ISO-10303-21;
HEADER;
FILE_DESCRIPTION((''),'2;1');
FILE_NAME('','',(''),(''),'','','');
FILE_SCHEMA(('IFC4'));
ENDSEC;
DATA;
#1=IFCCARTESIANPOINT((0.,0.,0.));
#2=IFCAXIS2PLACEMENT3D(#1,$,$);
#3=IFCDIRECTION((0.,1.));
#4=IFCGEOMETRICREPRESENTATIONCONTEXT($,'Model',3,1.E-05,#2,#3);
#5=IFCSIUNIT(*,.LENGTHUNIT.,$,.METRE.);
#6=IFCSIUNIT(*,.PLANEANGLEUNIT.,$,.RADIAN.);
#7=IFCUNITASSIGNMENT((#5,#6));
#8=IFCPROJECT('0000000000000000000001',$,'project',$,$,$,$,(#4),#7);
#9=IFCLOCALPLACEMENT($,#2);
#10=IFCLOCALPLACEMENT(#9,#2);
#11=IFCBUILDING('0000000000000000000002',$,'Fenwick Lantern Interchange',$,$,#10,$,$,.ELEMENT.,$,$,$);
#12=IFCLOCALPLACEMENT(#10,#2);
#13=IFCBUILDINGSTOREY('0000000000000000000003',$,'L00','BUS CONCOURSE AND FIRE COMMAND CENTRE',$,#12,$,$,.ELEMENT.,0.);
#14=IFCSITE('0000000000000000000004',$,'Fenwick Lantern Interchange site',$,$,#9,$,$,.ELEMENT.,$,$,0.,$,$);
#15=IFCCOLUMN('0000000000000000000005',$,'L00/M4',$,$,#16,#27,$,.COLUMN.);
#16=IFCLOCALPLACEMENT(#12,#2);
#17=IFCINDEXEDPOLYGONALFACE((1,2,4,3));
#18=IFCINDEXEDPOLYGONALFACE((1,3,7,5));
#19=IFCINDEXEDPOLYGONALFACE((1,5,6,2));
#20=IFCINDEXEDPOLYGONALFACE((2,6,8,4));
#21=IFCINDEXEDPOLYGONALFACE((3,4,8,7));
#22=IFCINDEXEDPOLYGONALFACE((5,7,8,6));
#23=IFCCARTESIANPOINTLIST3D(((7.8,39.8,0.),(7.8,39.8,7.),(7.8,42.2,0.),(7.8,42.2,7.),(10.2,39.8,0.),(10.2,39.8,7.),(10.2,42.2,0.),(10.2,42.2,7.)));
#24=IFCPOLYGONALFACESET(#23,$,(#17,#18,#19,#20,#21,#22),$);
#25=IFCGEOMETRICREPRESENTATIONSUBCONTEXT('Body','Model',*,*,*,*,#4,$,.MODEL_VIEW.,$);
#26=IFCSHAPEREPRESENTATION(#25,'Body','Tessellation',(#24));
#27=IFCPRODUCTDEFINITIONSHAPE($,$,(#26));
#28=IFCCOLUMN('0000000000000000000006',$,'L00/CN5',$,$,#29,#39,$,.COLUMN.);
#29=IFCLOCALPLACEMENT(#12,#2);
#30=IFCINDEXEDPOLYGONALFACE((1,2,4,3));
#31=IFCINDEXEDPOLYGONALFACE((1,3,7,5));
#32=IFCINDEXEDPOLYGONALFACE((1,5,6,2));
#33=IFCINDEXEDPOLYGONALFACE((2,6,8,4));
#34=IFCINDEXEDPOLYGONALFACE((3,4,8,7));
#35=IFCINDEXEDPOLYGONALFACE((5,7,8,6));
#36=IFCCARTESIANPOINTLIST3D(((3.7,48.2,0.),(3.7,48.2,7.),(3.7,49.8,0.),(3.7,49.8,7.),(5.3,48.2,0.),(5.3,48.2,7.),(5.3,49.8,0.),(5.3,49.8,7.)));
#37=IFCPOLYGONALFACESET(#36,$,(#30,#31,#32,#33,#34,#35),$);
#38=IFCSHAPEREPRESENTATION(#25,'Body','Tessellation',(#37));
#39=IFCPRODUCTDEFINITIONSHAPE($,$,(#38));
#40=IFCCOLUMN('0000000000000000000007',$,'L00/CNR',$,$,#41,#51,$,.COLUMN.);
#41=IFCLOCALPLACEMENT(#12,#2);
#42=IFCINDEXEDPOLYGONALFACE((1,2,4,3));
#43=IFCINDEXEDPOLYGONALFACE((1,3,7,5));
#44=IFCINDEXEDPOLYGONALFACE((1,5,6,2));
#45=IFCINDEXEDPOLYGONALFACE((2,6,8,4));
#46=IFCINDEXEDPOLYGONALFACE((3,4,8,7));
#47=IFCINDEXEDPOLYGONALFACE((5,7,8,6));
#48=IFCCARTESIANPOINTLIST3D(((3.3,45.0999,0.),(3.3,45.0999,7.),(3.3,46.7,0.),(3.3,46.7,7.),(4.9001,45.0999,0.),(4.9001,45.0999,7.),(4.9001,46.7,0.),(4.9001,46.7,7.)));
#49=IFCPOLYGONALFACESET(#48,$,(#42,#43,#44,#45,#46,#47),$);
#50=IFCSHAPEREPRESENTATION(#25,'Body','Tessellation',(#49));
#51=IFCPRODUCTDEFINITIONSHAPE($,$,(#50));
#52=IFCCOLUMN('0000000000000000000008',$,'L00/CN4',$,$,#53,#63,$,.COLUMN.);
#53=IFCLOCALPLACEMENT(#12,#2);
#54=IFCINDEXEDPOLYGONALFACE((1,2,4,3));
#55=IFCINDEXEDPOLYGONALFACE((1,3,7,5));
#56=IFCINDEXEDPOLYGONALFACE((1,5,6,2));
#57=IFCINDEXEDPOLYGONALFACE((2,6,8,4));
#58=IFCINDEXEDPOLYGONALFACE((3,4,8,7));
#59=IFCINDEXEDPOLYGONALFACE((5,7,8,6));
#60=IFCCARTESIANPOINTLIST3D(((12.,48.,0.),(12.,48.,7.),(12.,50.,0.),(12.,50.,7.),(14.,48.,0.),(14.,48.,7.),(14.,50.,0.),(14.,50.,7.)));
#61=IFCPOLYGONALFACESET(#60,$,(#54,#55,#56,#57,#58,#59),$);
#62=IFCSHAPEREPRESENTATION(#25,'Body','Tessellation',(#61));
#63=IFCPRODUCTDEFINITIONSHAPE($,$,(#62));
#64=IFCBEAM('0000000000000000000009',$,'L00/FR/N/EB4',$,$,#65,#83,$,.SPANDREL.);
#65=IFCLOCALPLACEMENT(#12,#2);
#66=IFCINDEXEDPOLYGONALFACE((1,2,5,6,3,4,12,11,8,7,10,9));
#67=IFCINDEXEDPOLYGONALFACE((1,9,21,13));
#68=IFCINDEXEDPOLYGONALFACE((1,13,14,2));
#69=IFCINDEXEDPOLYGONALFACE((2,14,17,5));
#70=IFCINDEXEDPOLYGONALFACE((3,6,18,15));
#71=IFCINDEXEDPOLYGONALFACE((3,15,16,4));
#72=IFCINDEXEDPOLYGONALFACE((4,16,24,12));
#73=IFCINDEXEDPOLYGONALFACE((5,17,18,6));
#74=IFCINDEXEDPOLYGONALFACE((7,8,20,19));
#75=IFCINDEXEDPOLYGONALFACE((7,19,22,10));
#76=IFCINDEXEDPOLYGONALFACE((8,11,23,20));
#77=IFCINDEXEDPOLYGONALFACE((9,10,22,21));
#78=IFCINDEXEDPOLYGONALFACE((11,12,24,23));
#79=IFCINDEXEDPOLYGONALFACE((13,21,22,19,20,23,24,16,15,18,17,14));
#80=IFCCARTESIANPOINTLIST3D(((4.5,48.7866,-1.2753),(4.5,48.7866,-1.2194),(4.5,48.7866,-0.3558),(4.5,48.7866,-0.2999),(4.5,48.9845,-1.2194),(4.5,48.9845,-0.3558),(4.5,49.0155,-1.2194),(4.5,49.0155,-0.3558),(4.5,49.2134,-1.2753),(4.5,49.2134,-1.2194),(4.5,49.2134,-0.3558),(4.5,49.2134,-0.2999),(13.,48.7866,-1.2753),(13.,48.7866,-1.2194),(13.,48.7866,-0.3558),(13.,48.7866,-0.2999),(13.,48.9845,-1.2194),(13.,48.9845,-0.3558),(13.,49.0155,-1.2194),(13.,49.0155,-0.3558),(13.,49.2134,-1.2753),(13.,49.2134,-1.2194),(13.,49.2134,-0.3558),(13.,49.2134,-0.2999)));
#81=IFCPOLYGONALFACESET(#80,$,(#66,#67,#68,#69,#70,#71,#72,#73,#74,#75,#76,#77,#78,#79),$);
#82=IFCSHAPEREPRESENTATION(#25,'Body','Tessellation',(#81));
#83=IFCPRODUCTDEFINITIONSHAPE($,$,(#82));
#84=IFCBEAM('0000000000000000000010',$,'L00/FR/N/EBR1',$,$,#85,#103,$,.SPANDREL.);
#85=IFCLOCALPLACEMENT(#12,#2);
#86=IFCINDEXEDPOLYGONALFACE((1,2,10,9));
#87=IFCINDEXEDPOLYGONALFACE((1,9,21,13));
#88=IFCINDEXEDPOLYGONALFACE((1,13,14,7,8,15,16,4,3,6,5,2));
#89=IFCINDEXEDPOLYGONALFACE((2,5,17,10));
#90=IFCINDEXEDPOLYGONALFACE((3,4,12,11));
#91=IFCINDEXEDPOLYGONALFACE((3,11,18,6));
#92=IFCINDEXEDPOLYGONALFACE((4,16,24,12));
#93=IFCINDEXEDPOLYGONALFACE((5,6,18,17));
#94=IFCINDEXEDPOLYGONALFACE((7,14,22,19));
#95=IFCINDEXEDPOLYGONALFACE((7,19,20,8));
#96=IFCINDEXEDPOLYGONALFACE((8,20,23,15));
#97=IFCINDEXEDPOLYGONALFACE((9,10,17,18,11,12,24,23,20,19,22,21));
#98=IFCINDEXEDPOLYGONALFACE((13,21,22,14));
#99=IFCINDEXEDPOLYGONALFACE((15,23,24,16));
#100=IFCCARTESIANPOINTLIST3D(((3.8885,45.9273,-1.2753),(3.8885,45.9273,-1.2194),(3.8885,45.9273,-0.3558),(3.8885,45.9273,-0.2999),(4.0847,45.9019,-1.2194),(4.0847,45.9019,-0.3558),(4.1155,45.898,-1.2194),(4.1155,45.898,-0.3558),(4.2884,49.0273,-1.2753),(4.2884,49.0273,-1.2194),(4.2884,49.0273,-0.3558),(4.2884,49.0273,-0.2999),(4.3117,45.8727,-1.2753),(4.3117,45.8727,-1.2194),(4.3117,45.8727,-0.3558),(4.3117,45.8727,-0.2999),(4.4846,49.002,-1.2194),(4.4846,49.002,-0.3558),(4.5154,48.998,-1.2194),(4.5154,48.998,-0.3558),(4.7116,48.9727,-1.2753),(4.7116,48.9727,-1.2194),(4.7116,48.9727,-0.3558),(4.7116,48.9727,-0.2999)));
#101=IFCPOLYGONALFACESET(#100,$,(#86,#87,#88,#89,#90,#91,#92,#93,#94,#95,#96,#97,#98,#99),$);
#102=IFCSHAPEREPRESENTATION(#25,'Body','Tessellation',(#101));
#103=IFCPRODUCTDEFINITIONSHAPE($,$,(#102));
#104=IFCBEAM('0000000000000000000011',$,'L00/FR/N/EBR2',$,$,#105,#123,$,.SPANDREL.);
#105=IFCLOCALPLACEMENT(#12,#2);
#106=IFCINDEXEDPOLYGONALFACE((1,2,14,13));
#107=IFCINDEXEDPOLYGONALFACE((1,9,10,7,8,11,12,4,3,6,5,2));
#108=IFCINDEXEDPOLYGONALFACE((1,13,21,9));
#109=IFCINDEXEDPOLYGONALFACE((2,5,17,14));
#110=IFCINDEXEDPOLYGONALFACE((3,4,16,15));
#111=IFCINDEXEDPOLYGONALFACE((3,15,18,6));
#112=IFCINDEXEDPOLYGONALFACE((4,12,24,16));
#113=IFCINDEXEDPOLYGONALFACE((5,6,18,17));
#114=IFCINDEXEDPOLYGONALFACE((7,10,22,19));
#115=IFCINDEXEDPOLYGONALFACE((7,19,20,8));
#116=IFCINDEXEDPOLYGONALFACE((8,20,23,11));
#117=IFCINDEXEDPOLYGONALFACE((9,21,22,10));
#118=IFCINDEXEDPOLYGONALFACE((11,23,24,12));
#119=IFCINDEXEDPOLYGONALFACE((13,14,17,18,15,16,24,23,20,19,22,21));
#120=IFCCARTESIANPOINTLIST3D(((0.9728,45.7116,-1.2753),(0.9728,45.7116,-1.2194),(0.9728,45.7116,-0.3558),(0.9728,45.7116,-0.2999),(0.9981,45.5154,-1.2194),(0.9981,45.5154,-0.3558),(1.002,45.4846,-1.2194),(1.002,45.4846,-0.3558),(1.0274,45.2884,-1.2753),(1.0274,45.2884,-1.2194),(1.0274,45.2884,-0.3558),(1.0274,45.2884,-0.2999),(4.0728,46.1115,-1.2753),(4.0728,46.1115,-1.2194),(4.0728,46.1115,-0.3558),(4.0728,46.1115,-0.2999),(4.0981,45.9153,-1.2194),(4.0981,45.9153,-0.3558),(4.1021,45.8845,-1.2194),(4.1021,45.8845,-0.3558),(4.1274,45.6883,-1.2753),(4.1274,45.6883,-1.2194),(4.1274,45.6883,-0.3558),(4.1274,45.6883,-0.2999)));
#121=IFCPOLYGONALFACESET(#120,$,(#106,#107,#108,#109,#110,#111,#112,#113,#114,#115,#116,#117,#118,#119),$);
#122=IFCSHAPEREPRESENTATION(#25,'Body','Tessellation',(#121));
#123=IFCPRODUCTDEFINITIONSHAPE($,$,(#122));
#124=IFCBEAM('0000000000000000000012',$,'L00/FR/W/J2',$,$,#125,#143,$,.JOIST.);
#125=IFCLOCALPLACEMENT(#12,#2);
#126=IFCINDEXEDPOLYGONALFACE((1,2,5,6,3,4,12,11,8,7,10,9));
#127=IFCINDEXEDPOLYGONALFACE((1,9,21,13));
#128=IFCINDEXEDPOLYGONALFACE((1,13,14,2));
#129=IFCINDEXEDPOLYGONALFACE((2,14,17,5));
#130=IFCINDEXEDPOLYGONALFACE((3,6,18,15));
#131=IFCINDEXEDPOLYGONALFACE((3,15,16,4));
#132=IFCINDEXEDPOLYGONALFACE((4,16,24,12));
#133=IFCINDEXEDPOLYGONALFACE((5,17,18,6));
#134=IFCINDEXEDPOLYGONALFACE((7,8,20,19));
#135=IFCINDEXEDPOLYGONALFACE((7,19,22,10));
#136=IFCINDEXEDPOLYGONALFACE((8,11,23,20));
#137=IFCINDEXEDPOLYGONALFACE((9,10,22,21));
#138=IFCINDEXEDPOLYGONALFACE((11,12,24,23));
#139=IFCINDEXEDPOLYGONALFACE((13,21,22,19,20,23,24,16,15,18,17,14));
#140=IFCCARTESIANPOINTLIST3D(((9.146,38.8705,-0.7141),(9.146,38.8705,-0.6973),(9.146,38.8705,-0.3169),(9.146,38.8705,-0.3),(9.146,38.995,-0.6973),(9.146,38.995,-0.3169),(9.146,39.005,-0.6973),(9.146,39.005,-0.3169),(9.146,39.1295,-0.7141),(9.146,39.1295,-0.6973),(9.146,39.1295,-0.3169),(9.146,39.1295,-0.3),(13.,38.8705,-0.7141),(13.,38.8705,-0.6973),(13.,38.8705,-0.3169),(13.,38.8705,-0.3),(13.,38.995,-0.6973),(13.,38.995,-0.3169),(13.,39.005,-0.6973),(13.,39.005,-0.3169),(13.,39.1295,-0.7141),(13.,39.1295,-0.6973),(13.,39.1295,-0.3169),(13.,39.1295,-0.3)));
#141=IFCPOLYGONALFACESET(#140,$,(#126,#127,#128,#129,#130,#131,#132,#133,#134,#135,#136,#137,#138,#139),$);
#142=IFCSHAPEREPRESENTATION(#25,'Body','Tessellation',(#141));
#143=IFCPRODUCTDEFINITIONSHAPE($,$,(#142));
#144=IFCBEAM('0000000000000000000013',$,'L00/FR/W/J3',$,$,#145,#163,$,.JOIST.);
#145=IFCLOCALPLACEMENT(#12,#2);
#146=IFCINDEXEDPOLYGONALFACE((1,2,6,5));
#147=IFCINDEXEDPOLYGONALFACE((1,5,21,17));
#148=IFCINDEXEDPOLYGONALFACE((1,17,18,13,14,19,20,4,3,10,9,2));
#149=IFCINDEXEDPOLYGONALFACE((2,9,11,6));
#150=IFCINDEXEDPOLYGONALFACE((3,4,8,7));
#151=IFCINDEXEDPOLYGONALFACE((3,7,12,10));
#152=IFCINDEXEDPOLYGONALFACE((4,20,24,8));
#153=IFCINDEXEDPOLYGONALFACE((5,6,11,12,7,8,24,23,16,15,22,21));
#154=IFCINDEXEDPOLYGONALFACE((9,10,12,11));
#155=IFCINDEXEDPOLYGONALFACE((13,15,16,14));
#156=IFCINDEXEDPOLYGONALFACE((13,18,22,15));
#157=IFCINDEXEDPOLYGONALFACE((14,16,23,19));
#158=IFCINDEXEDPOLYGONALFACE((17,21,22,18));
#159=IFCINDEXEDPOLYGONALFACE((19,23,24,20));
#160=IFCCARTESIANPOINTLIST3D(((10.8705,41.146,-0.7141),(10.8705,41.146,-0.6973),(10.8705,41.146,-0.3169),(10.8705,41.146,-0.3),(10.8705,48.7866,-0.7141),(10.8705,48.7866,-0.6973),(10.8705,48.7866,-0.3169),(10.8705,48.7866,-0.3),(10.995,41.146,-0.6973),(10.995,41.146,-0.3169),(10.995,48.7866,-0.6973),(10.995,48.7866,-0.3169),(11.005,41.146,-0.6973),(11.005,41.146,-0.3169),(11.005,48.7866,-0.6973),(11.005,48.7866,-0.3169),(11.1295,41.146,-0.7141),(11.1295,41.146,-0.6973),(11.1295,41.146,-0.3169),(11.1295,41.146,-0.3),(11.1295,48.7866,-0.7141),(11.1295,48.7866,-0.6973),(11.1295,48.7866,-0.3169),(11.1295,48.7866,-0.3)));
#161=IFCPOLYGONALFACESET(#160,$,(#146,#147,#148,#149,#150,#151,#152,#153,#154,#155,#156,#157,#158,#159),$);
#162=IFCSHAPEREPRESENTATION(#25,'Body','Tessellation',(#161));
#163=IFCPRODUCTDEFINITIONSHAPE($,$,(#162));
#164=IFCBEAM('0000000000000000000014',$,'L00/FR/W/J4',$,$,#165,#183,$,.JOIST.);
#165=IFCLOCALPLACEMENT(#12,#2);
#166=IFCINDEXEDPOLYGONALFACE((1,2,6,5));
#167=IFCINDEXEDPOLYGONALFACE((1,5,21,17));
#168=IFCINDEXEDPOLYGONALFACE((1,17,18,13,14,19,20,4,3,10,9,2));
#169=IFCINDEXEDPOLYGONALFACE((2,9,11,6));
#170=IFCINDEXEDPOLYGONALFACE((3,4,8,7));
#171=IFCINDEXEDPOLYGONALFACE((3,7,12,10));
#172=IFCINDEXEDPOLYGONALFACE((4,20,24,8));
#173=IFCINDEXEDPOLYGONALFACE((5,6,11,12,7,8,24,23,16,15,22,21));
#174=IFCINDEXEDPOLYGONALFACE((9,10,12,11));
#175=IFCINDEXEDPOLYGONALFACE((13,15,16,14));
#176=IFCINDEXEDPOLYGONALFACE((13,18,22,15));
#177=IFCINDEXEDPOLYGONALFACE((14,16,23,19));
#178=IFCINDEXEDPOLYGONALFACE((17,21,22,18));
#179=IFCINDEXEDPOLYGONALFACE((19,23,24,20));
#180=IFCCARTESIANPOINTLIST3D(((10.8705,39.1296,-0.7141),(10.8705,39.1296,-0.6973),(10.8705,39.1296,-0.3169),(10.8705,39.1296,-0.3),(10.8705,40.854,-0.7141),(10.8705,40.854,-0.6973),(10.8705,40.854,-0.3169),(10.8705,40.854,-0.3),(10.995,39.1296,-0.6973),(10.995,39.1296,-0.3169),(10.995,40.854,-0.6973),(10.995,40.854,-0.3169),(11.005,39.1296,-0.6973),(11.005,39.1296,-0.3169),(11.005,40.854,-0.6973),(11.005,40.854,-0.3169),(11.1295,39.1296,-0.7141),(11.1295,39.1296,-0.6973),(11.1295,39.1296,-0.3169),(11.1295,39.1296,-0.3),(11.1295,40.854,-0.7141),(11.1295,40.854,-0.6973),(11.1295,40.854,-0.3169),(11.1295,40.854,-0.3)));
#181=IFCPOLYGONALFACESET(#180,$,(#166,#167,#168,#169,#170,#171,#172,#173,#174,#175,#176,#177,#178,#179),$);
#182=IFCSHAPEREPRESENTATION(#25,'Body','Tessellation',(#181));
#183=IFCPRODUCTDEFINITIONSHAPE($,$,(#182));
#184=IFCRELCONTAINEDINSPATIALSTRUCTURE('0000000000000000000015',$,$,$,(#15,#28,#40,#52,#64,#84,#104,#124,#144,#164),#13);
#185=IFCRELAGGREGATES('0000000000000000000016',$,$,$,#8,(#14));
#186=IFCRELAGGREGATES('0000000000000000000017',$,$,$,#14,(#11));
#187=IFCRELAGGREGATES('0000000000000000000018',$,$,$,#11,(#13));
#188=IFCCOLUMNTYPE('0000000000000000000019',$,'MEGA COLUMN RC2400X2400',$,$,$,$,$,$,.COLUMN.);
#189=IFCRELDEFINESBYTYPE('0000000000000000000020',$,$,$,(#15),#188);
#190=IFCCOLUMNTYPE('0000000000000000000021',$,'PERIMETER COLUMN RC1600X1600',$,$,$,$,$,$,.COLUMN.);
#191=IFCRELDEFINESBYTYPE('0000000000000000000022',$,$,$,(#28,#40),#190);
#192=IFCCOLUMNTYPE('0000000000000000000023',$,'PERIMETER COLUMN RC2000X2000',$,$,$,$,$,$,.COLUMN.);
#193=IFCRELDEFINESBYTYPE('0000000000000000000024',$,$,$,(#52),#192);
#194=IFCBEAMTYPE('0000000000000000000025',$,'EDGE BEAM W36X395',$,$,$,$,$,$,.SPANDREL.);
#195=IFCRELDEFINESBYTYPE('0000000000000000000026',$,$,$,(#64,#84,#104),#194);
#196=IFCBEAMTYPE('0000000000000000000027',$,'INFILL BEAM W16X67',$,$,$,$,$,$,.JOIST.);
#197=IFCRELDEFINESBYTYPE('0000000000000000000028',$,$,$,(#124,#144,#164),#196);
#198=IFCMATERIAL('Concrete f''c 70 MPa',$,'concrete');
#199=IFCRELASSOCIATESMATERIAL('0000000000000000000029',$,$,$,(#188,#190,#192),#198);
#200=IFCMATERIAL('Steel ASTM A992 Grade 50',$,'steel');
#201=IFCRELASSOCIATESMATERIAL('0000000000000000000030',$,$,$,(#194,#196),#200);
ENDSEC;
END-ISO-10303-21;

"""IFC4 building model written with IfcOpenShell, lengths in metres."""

from ifc_helpers import new_model, si_unit, direction, frame, origin, origin_2d, place, context, subcontext, project, spatial, rectangle, i_section, extrude, material, material_profile, profile_set, type_object, element, save


model = new_model("IFC4")

# Units and contexts
model_context = context("Model", 3, precision=1e-05, world=origin(), true_north=direction((0.0, 1.0)))
body_context = subcontext(model_context, "Body", "Model", "MODEL_VIEW")
ifc_project = project(units=[si_unit("LENGTHUNIT", "METRE"), si_unit("PLANEANGLEUNIT", "RADIAN")], contexts=[model_context])

# Site, building, storey
site_placement = place(None, origin())
site = spatial("IfcSite", under=ifc_project, at=site_placement, Name="Fenwick Lantern Interchange site", CompositionType="ELEMENT", RefElevation=0.0)
building_placement = place(site_placement, origin())
building = spatial("IfcBuilding", under=site, at=building_placement, Name="Fenwick Lantern Interchange", CompositionType="ELEMENT")
storey_placement = place(building_placement, origin())
storey = spatial("IfcBuildingStorey", under=building, at=storey_placement, Name="L00", Description="BUS CONCOURSE AND FIRE COMMAND CENTRE", CompositionType="ELEMENT", Elevation=0.0)

# Columns
ifc_material_1 = material(Name="Concrete f'c 70 MPa", Category="concrete")
ifc_material_profile_1 = material_profile(ifc_material_1, rectangle(XDim=2.3999, YDim=2.3999, at=origin_2d()), Name="RC2400X2400")
ifc_profile_set_1 = profile_set([ifc_material_profile_1], Name="Concrete f'c 70 MPa")
column_type_1 = type_object("IfcColumnType", Name="MEGA COLUMN RC2400X2400", PredefinedType="COLUMN", material=ifc_profile_set_1)
column_1_placement = place(storey_placement, frame((9.0, 41.0, 0.0), z_axis=(0.0, 0.0, 1.0), x_axis=(1.0, 0.0, 0.0)))
element("IfcColumn", 1, at=column_1_placement, inside=storey, type_object=column_type_1, Name="L00/M4", PredefinedType="COLUMN", context=body_context, shape_type="SweptSolid", body=[
    extrude(rectangle(XDim=2.3999, YDim=2.3999, at=origin_2d()), origin(), (0.0, 0.0, 1.0), 7.0),
])
ifc_material_profile_2 = material_profile(ifc_material_1, rectangle(XDim=1.6001, YDim=1.6001, at=origin_2d()), Name="RC1600X1600")
ifc_profile_set_2 = profile_set([ifc_material_profile_2], Name="Concrete f'c 70 MPa")
column_type_2 = type_object("IfcColumnType", Name="PERIMETER COLUMN RC1600X1600", PredefinedType="COLUMN", material=ifc_profile_set_2)
for number, where, z_axis, x_axis, name in (
    (2, (4.5, 49.0, 0.0), (0.0, 0.0, 1.0), (1.0, 0.0, 0.0), "L00/CN5"),
    (3, (4.1001, 45.8999, 0.0), (0.0, 0.0, 1.0), (1.0, 0.0, 0.0), "L00/CNR"),
):
    element("IfcColumn", number, at=place(storey_placement, frame(where, z_axis=z_axis, x_axis=x_axis)), inside=storey, type_object=column_type_2, Name=name, PredefinedType="COLUMN", context=body_context, shape_type="SweptSolid", body=[
        extrude(rectangle(XDim=1.6001, YDim=1.6001, at=origin_2d()), origin(), (0.0, 0.0, 1.0), 7.0),
    ])
ifc_material_profile_3 = material_profile(ifc_material_1, rectangle(XDim=2.0, YDim=2.0, at=origin_2d()), Name="RC2000X2000")
ifc_profile_set_3 = profile_set([ifc_material_profile_3], Name="Concrete f'c 70 MPa")
column_type_3 = type_object("IfcColumnType", Name="PERIMETER COLUMN RC2000X2000", PredefinedType="COLUMN", material=ifc_profile_set_3)
column_2_placement = place(storey_placement, frame((13.0, 49.0, 0.0), z_axis=(0.0, 0.0, 1.0), x_axis=(1.0, 0.0, 0.0)))
element("IfcColumn", 4, at=column_2_placement, inside=storey, type_object=column_type_3, Name="L00/CN4", PredefinedType="COLUMN", context=body_context, shape_type="SweptSolid", body=[
    extrude(rectangle(XDim=2.0, YDim=2.0, at=origin_2d()), origin(), (0.0, 0.0, 1.0), 7.0),
])

# Beams
ifc_material_2 = material(Name="Steel ASTM A992 Grade 50", Category="steel")
ifc_material_profile_4 = material_profile(ifc_material_2, i_section(OverallWidth=0.4268, OverallDepth=0.9753, WebThickness=0.031, FlangeThickness=0.0559, at=origin_2d()), Name="W36X395")
ifc_profile_set_4 = profile_set([ifc_material_profile_4], Name="Steel ASTM A992 Grade 50")
beam_type_1 = type_object("IfcBeamType", Name="EDGE BEAM W36X395", PredefinedType="SPANDREL", material=ifc_profile_set_4)
beam_1_placement = place(storey_placement, frame((13.0, 49.0, -0.7876), z_axis=(-1.0, 0.0, 0.0), x_axis=(0.0, -1.0, 0.0)))
element("IfcBeam", 5, at=beam_1_placement, inside=storey, type_object=beam_type_1, Name="L00/FR/N/EB4", PredefinedType="SPANDREL", context=body_context, shape_type="SweptSolid", body=[
    extrude(i_section(OverallWidth=0.4268, OverallDepth=0.9753, WebThickness=0.031, FlangeThickness=0.0559, at=origin_2d()), origin(), (0.0, 0.0, 1.0), 8.5),
])
for number, where, z_axis, x_axis, name in (
    (6, (4.5, 49.0, -0.7876), (-0.127937, -0.991782, 0.0), (0.991782, -0.127937, 0.0), "L00/FR/N/EBR1"),
    (7, (4.1001, 45.8999, -0.7876), (-0.991782, -0.127937, 0.0), (0.127937, -0.991782, 0.0), "L00/FR/N/EBR2"),
):
    element("IfcBeam", number, at=place(storey_placement, frame(where, z_axis=z_axis, x_axis=x_axis)), inside=storey, type_object=beam_type_1, Name=name, PredefinedType="SPANDREL", context=body_context, shape_type="SweptSolid", body=[
        extrude(i_section(OverallWidth=0.4268, OverallDepth=0.9753, WebThickness=0.031, FlangeThickness=0.0559, at=origin_2d()), origin(), (0.0, 0.0, 1.0), 3.1257),
    ])
ifc_material_profile_5 = material_profile(ifc_material_2, i_section(OverallWidth=0.259, OverallDepth=0.4141, WebThickness=0.01, FlangeThickness=0.0168, at=origin_2d()), Name="W16X67")
ifc_profile_set_5 = profile_set([ifc_material_profile_5], Name="Steel ASTM A992 Grade 50")
beam_type_2 = type_object("IfcBeamType", Name="INFILL BEAM W16X67", PredefinedType="JOIST", material=ifc_profile_set_5)
beam_2_placement = place(storey_placement, frame((9.146, 39.0, -0.5071), z_axis=(1.0, 0.0, 0.0), x_axis=(0.0, 1.0, 0.0)))
element("IfcBeam", 8, at=beam_2_placement, inside=storey, type_object=beam_type_2, Name="L00/FR/W/J2", PredefinedType="JOIST", context=body_context, shape_type="SweptSolid", body=[
    extrude(i_section(OverallWidth=0.259, OverallDepth=0.4141, WebThickness=0.01, FlangeThickness=0.0168, at=origin_2d()), origin(), (0.0, 0.0, 1.0), 3.854),
])
beam_3_placement = place(storey_placement, frame((11.0, 48.7866, -0.5071), z_axis=(0.0, -1.0, 0.0), x_axis=(1.0, 0.0, 0.0)))
element("IfcBeam", 9, at=beam_3_placement, inside=storey, type_object=beam_type_2, Name="L00/FR/W/J3", PredefinedType="JOIST", context=body_context, shape_type="SweptSolid", body=[
    extrude(i_section(OverallWidth=0.259, OverallDepth=0.4141, WebThickness=0.01, FlangeThickness=0.0168, at=origin_2d()), origin(), (0.0, 0.0, 1.0), 7.6406),
])
beam_4_placement = place(storey_placement, frame((11.0, 40.854, -0.5071), z_axis=(0.0, -1.0, 0.0), x_axis=(1.0, 0.0, 0.0)))
element("IfcBeam", 10, at=beam_4_placement, inside=storey, type_object=beam_type_2, Name="L00/FR/W/J4", PredefinedType="JOIST", context=body_context, shape_type="SweptSolid", body=[
    extrude(i_section(OverallWidth=0.259, OverallDepth=0.4141, WebThickness=0.01, FlangeThickness=0.0168, at=origin_2d()), origin(), (0.0, 0.0, 1.0), 1.7244),
])

save(model, "model.ifc")
